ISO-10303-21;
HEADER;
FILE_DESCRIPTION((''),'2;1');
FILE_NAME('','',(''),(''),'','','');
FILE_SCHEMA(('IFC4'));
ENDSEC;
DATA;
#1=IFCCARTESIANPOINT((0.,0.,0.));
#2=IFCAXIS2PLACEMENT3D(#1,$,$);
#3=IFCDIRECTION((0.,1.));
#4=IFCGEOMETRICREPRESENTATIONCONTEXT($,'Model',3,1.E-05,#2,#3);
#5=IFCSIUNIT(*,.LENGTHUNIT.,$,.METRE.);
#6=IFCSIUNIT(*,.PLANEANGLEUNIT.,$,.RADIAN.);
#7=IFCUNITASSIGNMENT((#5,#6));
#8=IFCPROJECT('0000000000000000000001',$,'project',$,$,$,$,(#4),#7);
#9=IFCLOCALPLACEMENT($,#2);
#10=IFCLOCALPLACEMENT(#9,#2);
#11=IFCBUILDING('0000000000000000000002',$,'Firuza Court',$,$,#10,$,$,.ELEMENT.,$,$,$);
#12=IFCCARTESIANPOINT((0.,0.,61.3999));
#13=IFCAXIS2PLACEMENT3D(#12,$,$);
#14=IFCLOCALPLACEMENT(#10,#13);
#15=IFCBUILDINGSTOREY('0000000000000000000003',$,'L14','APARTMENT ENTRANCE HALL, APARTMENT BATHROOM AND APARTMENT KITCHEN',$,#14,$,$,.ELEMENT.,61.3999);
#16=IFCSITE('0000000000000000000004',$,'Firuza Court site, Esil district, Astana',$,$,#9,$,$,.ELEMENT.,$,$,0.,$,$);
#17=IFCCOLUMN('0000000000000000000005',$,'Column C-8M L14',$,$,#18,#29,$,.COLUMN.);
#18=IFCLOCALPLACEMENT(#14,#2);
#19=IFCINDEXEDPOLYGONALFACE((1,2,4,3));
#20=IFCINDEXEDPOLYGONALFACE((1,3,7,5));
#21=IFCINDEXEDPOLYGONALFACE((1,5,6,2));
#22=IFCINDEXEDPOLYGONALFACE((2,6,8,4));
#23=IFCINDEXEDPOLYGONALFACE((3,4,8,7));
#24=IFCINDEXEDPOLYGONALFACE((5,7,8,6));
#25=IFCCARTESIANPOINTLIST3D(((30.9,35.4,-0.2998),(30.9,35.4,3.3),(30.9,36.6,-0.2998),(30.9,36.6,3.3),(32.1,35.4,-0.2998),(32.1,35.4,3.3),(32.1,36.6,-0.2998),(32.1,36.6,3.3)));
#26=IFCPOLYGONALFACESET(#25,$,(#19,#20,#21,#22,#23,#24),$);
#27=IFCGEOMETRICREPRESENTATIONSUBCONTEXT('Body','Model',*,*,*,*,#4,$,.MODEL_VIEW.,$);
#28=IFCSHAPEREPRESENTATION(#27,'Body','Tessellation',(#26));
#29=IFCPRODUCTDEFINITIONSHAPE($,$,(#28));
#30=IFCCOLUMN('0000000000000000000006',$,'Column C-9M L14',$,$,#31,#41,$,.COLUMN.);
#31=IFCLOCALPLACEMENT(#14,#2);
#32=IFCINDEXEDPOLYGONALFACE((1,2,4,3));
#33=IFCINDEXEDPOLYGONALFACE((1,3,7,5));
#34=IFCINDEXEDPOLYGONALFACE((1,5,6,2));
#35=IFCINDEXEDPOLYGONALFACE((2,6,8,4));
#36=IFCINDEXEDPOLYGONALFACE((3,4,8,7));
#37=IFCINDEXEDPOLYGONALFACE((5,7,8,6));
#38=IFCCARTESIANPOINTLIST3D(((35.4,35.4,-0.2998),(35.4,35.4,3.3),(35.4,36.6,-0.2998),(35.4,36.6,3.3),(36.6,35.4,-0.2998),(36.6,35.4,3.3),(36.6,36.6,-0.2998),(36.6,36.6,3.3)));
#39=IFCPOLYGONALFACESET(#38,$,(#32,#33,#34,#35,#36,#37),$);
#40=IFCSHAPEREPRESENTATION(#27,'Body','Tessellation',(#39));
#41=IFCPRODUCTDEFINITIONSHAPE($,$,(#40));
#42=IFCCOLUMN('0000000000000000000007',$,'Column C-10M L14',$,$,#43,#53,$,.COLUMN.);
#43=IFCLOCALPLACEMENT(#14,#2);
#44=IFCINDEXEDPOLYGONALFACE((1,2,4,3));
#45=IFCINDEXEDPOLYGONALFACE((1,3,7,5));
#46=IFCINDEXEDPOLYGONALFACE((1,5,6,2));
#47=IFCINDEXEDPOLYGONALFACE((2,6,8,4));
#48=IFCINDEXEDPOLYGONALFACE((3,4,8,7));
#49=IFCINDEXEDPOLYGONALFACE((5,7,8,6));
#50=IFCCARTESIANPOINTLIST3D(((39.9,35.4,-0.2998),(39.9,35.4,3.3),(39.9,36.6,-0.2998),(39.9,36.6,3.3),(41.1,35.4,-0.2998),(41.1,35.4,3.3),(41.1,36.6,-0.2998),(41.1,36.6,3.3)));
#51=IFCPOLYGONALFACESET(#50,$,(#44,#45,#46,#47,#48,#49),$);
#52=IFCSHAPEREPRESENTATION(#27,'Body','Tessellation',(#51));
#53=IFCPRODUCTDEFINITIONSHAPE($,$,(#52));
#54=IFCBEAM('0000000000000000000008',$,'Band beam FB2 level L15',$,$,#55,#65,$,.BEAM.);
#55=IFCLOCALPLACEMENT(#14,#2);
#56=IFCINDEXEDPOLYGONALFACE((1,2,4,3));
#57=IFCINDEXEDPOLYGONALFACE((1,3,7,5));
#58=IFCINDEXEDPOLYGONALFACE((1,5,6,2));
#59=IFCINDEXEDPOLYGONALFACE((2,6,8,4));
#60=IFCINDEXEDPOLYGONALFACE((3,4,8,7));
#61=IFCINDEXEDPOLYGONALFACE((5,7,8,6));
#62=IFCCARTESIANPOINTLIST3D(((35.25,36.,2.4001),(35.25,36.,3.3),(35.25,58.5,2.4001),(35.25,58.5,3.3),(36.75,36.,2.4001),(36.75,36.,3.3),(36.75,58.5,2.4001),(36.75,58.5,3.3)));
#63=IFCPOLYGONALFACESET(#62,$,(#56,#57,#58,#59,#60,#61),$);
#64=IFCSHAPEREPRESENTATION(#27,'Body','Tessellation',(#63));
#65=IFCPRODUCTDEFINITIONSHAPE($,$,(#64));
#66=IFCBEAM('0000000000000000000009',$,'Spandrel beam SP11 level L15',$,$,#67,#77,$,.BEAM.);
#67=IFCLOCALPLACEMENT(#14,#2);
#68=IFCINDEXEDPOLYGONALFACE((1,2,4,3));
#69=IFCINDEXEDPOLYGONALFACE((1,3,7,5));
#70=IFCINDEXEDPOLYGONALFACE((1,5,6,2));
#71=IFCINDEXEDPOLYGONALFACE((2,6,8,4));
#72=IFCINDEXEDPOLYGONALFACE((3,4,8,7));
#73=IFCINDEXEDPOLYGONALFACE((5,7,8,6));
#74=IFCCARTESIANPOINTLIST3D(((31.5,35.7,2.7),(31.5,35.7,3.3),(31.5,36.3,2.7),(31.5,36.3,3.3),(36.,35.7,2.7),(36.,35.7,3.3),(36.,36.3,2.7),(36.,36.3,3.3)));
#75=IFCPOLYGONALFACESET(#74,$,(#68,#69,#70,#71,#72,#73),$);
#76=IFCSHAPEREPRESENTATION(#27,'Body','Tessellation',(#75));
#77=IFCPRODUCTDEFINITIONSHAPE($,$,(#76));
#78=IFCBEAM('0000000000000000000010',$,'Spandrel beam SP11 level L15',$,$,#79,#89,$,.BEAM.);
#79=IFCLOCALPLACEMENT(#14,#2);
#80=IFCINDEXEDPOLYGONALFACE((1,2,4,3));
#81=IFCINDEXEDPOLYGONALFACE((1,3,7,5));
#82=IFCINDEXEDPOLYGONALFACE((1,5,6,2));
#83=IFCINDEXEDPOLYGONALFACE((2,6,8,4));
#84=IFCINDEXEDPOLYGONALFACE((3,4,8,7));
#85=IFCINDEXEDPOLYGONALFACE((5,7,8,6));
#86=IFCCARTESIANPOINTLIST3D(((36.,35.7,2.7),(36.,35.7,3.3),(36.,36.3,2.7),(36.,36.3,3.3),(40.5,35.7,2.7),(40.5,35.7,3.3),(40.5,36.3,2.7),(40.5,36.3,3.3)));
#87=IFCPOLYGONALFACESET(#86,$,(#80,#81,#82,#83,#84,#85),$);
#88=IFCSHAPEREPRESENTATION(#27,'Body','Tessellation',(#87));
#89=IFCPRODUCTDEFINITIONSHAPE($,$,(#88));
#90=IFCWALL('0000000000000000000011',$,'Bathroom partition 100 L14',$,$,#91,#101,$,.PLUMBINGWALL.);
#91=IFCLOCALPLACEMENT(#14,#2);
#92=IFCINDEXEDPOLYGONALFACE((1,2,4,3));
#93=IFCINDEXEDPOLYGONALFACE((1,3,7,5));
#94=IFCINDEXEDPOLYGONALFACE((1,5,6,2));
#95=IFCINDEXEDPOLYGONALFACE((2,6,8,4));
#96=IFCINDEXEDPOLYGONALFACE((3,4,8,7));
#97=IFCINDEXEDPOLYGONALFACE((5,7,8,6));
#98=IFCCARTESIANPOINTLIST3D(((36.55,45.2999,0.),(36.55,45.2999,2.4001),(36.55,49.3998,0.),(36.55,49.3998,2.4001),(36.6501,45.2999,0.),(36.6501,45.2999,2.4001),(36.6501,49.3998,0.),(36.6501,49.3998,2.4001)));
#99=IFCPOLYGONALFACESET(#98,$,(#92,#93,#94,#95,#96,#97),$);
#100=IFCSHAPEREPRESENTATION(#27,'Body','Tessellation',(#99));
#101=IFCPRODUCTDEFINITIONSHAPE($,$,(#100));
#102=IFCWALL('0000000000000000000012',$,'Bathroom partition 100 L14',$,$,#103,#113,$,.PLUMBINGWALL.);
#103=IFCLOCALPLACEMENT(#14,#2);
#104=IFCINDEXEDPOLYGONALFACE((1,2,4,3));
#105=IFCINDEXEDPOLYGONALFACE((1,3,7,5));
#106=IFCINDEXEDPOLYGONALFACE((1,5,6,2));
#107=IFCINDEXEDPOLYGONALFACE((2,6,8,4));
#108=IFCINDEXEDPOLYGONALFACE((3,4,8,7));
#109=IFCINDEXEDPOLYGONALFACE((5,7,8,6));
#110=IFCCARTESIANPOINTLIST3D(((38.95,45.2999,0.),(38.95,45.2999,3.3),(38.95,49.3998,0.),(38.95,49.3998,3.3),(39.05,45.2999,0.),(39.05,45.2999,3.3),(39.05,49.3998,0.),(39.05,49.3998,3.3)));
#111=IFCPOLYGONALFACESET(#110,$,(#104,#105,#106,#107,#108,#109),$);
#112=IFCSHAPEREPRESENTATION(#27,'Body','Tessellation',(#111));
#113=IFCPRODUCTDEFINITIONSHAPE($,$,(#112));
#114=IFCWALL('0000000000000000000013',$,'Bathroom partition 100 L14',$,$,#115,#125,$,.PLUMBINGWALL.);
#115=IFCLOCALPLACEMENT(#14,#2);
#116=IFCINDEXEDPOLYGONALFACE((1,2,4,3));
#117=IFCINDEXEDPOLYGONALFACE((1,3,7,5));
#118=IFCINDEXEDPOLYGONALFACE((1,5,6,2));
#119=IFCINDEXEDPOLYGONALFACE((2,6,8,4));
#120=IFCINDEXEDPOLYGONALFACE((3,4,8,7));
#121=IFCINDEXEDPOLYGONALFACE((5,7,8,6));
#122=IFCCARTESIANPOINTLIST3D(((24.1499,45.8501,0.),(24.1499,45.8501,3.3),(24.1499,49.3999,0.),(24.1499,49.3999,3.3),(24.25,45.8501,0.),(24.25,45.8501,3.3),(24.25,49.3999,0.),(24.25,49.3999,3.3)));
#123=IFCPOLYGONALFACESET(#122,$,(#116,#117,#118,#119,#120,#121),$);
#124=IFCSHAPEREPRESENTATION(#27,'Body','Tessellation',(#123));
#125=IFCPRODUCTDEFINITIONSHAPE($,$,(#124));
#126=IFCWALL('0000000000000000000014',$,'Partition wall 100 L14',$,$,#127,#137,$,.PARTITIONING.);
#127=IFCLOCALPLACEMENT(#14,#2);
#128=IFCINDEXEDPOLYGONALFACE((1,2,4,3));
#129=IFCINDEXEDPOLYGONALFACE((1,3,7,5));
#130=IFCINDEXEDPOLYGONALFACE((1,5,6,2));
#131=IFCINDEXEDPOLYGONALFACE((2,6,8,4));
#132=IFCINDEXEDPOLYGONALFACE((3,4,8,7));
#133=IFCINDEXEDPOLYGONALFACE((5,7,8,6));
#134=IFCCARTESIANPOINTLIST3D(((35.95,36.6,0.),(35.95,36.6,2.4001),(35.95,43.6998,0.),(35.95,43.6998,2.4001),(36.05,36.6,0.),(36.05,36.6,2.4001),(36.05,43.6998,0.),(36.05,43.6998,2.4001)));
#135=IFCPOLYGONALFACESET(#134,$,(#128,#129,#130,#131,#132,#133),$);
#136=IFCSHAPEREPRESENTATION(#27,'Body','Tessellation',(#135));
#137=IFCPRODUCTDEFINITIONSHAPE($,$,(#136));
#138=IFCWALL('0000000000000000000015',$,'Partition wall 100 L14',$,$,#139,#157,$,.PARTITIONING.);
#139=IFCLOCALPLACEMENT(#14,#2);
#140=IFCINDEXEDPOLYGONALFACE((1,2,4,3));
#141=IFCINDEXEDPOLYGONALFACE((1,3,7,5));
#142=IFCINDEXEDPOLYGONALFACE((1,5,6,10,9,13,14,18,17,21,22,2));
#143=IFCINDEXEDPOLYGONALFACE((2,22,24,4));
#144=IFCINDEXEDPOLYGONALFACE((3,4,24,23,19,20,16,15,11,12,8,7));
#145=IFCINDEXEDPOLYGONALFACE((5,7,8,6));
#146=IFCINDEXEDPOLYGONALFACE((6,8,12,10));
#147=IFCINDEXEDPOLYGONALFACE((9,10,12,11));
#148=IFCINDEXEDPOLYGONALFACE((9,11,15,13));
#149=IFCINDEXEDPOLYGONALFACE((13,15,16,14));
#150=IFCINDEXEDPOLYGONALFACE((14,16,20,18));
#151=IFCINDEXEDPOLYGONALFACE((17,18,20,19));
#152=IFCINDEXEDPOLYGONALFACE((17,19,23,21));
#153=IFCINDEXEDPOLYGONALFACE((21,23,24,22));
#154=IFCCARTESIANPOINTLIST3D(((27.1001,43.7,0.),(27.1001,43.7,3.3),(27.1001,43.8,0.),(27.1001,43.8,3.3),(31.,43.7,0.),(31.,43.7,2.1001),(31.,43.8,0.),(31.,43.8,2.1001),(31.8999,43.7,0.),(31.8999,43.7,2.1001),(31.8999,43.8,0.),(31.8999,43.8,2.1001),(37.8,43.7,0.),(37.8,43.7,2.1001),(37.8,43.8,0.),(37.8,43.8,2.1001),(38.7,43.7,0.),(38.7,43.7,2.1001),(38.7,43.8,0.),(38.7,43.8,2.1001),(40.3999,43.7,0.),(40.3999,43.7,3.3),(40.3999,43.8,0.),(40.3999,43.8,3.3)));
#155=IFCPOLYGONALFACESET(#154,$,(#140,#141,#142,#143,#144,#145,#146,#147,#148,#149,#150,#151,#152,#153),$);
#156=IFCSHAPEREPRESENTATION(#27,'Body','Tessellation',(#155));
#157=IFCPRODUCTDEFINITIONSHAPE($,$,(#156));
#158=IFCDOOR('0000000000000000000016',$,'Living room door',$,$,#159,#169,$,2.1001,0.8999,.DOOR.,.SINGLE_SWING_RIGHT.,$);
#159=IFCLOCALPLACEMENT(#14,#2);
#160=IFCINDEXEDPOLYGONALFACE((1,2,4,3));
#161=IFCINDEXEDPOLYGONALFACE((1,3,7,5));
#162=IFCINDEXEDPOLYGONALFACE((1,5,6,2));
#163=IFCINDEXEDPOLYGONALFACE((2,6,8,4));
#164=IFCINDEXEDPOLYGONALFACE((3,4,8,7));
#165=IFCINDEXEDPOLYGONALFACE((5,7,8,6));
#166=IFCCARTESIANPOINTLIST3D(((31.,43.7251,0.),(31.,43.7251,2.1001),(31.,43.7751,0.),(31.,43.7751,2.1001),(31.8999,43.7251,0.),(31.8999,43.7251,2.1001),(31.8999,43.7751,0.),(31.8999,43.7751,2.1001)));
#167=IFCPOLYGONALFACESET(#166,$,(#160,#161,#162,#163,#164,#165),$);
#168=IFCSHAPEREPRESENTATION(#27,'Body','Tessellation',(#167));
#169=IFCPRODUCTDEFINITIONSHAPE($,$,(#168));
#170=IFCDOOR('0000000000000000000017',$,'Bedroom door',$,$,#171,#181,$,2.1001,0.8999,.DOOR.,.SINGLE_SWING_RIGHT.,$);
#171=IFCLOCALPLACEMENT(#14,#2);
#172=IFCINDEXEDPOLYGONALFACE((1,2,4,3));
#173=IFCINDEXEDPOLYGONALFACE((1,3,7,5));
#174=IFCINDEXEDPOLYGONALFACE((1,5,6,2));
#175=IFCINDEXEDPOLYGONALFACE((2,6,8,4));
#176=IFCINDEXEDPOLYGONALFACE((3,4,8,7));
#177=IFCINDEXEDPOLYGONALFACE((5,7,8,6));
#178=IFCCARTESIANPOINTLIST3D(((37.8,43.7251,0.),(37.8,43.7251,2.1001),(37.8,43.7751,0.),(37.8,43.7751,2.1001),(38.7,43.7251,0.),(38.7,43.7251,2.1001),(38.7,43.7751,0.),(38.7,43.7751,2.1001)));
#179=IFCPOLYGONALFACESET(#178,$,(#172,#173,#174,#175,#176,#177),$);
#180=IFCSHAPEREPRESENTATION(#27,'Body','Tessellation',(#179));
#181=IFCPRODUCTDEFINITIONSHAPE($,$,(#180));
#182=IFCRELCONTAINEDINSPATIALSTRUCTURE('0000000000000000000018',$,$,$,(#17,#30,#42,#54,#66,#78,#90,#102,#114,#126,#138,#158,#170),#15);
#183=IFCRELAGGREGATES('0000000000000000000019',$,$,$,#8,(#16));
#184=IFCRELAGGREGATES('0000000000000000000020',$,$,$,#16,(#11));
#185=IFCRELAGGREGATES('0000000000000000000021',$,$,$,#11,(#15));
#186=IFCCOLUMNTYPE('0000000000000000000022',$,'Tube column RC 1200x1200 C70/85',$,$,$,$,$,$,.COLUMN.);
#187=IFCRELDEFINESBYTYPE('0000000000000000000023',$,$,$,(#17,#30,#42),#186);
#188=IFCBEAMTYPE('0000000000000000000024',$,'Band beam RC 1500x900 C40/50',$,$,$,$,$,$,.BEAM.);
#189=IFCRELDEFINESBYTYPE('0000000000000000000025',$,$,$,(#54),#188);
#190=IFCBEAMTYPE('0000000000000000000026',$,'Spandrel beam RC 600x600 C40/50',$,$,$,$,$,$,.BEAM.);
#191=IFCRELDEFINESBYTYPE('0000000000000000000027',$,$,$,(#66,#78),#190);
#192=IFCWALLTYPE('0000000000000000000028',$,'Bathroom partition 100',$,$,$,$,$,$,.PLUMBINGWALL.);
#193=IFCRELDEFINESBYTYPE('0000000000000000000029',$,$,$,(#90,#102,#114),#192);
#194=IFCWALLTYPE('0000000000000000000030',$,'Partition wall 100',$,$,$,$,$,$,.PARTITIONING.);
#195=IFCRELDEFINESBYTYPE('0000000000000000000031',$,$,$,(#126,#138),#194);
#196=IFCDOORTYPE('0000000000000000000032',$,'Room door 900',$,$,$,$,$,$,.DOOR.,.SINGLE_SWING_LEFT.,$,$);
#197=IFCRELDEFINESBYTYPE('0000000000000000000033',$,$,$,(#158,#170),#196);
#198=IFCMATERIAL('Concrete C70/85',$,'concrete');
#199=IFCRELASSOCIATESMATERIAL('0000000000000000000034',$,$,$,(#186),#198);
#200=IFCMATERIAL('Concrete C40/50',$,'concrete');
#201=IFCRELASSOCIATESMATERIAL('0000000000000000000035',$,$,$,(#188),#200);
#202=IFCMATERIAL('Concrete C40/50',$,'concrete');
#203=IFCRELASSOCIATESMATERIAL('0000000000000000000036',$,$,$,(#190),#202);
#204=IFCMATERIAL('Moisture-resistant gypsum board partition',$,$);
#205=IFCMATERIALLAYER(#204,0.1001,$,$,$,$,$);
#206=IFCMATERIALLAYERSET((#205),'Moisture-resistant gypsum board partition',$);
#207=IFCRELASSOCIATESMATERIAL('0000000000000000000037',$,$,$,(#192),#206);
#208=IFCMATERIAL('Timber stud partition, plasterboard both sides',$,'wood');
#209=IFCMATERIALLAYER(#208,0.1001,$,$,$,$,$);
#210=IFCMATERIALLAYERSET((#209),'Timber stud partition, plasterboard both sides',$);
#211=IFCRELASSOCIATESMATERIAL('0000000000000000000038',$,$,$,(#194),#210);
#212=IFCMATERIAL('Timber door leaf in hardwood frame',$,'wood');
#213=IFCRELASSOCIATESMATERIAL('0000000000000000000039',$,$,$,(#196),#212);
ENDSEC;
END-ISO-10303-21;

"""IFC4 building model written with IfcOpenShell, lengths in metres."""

from ifc_helpers import new_model, si_unit, direction, frame, frame_2d, origin, origin_2d, place, context, subcontext, project, spatial, rectangle, extrude, material, layer, layer_set, material_profile, profile_set, type_object, element, fill, save


model = new_model("IFC4")

# Units and contexts
model_context = context("Model", 3, precision=1e-05, world=origin(), true_north=direction((0.0, 1.0)))
body_context = subcontext(model_context, "Body", "Model", "MODEL_VIEW")
ifc_project = project(units=[si_unit("LENGTHUNIT", "METRE"), si_unit("PLANEANGLEUNIT", "RADIAN")], contexts=[model_context])

# Site, building, storey
site_placement = place(None, origin())
site = spatial("IfcSite", under=ifc_project, at=site_placement, Name="Firuza Court site, Esil district, Astana", CompositionType="ELEMENT", RefElevation=0.0)
building_placement = place(site_placement, origin())
building = spatial("IfcBuilding", under=site, at=building_placement, Name="Firuza Court", CompositionType="ELEMENT")
storey_placement = place(building_placement, frame((0.0, 0.0, 61.3999)))
storey = spatial("IfcBuildingStorey", under=building, at=storey_placement, Name="L14", Description="APARTMENT ENTRANCE HALL, APARTMENT BATHROOM AND APARTMENT KITCHEN", CompositionType="ELEMENT", Elevation=61.3999)

# Columns
ifc_material_1 = material(Name="Concrete C70/85", Category="concrete")
ifc_material_profile_1 = material_profile(ifc_material_1, rectangle(XDim=1.2, YDim=1.2, at=origin_2d()), Name="RC 1200x1200")
ifc_profile_set_1 = profile_set([ifc_material_profile_1], Name="Concrete C70/85")
column_type = type_object("IfcColumnType", Name="Tube column RC 1200x1200 C70/85", PredefinedType="COLUMN", material=ifc_profile_set_1)
for number, where, z_axis, x_axis, name in (
    (1, (31.5, 36.0, -0.2998), (0.0, 0.0, 1.0), (1.0, 0.0, 0.0), "Column C-8M L14"),
    (2, (36.0, 36.0, -0.2998), (0.0, 0.0, 1.0), (1.0, 0.0, 0.0), "Column C-9M L14"),
    (3, (40.5, 36.0, -0.2998), (0.0, 0.0, 1.0), (1.0, 0.0, 0.0), "Column C-10M L14"),
):
    element("IfcColumn", number, at=place(storey_placement, frame(where, z_axis=z_axis, x_axis=x_axis)), inside=storey, type_object=column_type, Name=name, PredefinedType="COLUMN", context=body_context, shape_type="SweptSolid", body=[
        extrude(rectangle(XDim=1.2, YDim=1.2, at=origin_2d()), origin(), (0.0, 0.0, 1.0), 3.5999),
    ])

# Beams
ifc_material_2 = material(Name="Concrete C40/50", Category="concrete")
ifc_material_profile_2 = material_profile(ifc_material_2, rectangle(XDim=1.5, YDim=0.8999, at=origin_2d()), Name="RC 1500x900")
ifc_profile_set_2 = profile_set([ifc_material_profile_2], Name="Concrete C40/50")
beam_type_1 = type_object("IfcBeamType", Name="Band beam RC 1500x900 C40/50", PredefinedType="BEAM", material=ifc_profile_set_2)
beam_placement = place(storey_placement, frame((36.0, 36.0, 2.8501), z_axis=(0.0, 1.0, 0.0), x_axis=(-1.0, 0.0, 0.0)))
element("IfcBeam", 4, at=beam_placement, inside=storey, type_object=beam_type_1, Name="Band beam FB2 level L15", PredefinedType="BEAM", context=body_context, shape_type="SweptSolid", body=[
    extrude(rectangle(XDim=1.5, YDim=0.8999, at=origin_2d()), origin(), (0.0, 0.0, 1.0), 22.5),
])
ifc_material_3 = material(Name="Concrete C40/50", Category="concrete")
ifc_material_profile_3 = material_profile(ifc_material_3, rectangle(XDim=0.6001, YDim=0.6001, at=origin_2d()), Name="RC 600x600")
ifc_profile_set_3 = profile_set([ifc_material_profile_3], Name="Concrete C40/50")
beam_type_2 = type_object("IfcBeamType", Name="Spandrel beam RC 600x600 C40/50", PredefinedType="BEAM", material=ifc_profile_set_3)
for number, where, z_axis, x_axis, name in (
    (5, (31.5, 36.0, 3.0), (1.0, 0.0, 0.0), (0.0, 1.0, 0.0), "Spandrel beam SP11 level L15"),
    (6, (36.0, 36.0, 3.0), (1.0, 0.0, 0.0), (0.0, 1.0, 0.0), "Spandrel beam SP11 level L15"),
):
    element("IfcBeam", number, at=place(storey_placement, frame(where, z_axis=z_axis, x_axis=x_axis)), inside=storey, type_object=beam_type_2, Name=name, PredefinedType="BEAM", context=body_context, shape_type="SweptSolid", body=[
        extrude(rectangle(XDim=0.6001, YDim=0.6001, at=origin_2d()), origin(), (0.0, 0.0, 1.0), 4.5),
    ])

# Walls
ifc_material_4 = material(Name="Moisture-resistant gypsum board partition")
ifc_layer_1 = layer(ifc_material_4, 0.1001)
ifc_layer_set_1 = layer_set([ifc_layer_1], Name="Moisture-resistant gypsum board partition")
wall_type_1 = type_object("IfcWallType", Name="Bathroom partition 100", PredefinedType="PLUMBINGWALL", material=ifc_layer_set_1)
wall_1_placement = place(storey_placement, frame((36.6001, 45.3, 0.0), z_axis=(0.0, 0.0, 1.0), x_axis=(0.0, 1.0, 0.0)))
element("IfcWall", 7, at=wall_1_placement, inside=storey, type_object=wall_type_1, Name="Bathroom partition 100 L14", PredefinedType="PLUMBINGWALL", context=body_context, shape_type="SweptSolid", body=[
    extrude(rectangle(XDim=4.0999, YDim=0.1001, at=frame_2d((2.0498, 0.0))), origin(), (0.0, 0.0, 1.0), 2.4001),
])
wall_2_placement = place(storey_placement, frame((39.0, 45.3, 0.0), z_axis=(0.0, 0.0, 1.0), x_axis=(0.0, 1.0, 0.0)))
element("IfcWall", 8, at=wall_2_placement, inside=storey, type_object=wall_type_1, Name="Bathroom partition 100 L14", PredefinedType="PLUMBINGWALL", context=body_context, shape_type="SweptSolid", body=[
    extrude(rectangle(XDim=4.0999, YDim=0.1001, at=frame_2d((2.0498, 0.0))), origin(), (0.0, 0.0, 1.0), 3.3),
])
wall_3_placement = place(storey_placement, frame((24.2, 45.8501, 0.0), z_axis=(0.0, 0.0, 1.0), x_axis=(0.0, 1.0, 0.0)))
element("IfcWall", 9, at=wall_3_placement, inside=storey, type_object=wall_type_1, Name="Bathroom partition 100 L14", PredefinedType="PLUMBINGWALL", context=body_context, shape_type="SweptSolid", body=[
    extrude(rectangle(XDim=3.5498, YDim=0.1001, at=frame_2d((1.7749, 0.0))), origin(), (0.0, 0.0, 1.0), 3.3),
])
ifc_material_5 = material(Name="Timber stud partition, plasterboard both sides", Category="wood")
ifc_layer_2 = layer(ifc_material_5, 0.1001)
ifc_layer_set_2 = layer_set([ifc_layer_2], Name="Timber stud partition, plasterboard both sides")
wall_type_2 = type_object("IfcWallType", Name="Partition wall 100", PredefinedType="PARTITIONING", material=ifc_layer_set_2)
wall_4_placement = place(storey_placement, frame((36.0, 36.6001, 0.0), z_axis=(0.0, 0.0, 1.0), x_axis=(0.0, 1.0, 0.0)))
element("IfcWall", 10, at=wall_4_placement, inside=storey, type_object=wall_type_2, Name="Partition wall 100 L14", PredefinedType="PARTITIONING", context=body_context, shape_type="SweptSolid", body=[
    extrude(rectangle(XDim=7.0999, YDim=0.1001, at=frame_2d((3.5498, 0.0))), origin(), (0.0, 0.0, 1.0), 2.4001),
])

# Wall, openings, doors
wall_5_placement = place(storey_placement, frame((27.1001, 43.75, 0.0), z_axis=(0.0, 0.0, 1.0), x_axis=(1.0, 0.0, 0.0)))
wall_5 = element("IfcWall", 11, at=wall_5_placement, inside=storey, type_object=wall_type_2, Name="Partition wall 100 L14", PredefinedType="PARTITIONING", context=body_context, shape_type="SweptSolid", body=[
    extrude(rectangle(XDim=13.2998, YDim=0.1001, at=frame_2d((6.6499, 0.0))), origin(), (0.0, 0.0, 1.0), 3.3),
])
opening_1_placement = place(wall_5_placement, frame((3.8999, 0.0, 0.0)))
opening_1 = element("IfcOpeningElement", 12, at=opening_1_placement, cuts=wall_5, PredefinedType="OPENING", context=body_context, shape_type="SweptSolid", body=[
    extrude(rectangle(XDim=0.8999, YDim=2.1001, at=frame_2d((0.45, 1.05))), frame((0.0, 0.062, 0.0), z_axis=(0.0, -1.0, 0.0), x_axis=(1.0, 0.0, 0.0)), (0.0, 0.0, 1.0), 0.124),
])
opening_2_placement = place(wall_5_placement, frame((10.7, 0.0, 0.0)))
opening_2 = element("IfcOpeningElement", 13, at=opening_2_placement, cuts=wall_5, PredefinedType="OPENING", context=body_context, shape_type="SweptSolid", body=[
    extrude(rectangle(XDim=0.8999, YDim=2.1001, at=frame_2d((0.45, 1.05))), frame((0.0, 0.062, 0.0), z_axis=(0.0, -1.0, 0.0), x_axis=(1.0, 0.0, 0.0)), (0.0, 0.0, 1.0), 0.124),
])
ifc_material_6 = material(Name="Timber door leaf in hardwood frame", Category="wood")
door_type_1 = type_object("IfcDoorType", Name="Room door 900", OperationType="SINGLE_SWING_LEFT", PredefinedType="DOOR", material=ifc_material_6)
door_1_placement = place(opening_1_placement, frame((0.8999, 0.0, 0.0), z_axis=(0.0, 0.0, 1.0), x_axis=(-1.0, 0.0, 0.0)))
door_1 = element("IfcDoor", 14, at=door_1_placement, inside=storey, type_object=door_type_1, Name="Living room door", OperationType="SINGLE_SWING_RIGHT", OverallHeight=2.1001, OverallWidth=0.8999, PredefinedType="DOOR", context=body_context, shape_type="SweptSolid", body=[
    extrude(rectangle(XDim=0.8999, YDim=2.1001, at=frame_2d((0.45, 1.05))), frame((0.0, 0.0249, 0.0), z_axis=(0.0, -1.0, 0.0), x_axis=(1.0, 0.0, 0.0)), (0.0, 0.0, 1.0), 0.05),
])
fill(opening_1, door_1)
door_2_placement = place(opening_2_placement, frame((0.8999, 0.0, 0.0), z_axis=(0.0, 0.0, 1.0), x_axis=(-1.0, 0.0, 0.0)))
door_2 = element("IfcDoor", 15, at=door_2_placement, inside=storey, type_object=door_type_1, Name="Bedroom door", OperationType="SINGLE_SWING_RIGHT", OverallHeight=2.1001, OverallWidth=0.8999, PredefinedType="DOOR", context=body_context, shape_type="SweptSolid", body=[
    extrude(rectangle(XDim=0.8999, YDim=2.1001, at=frame_2d((0.45, 1.05))), frame((0.0, 0.0249, 0.0), z_axis=(0.0, -1.0, 0.0), x_axis=(1.0, 0.0, 0.0)), (0.0, 0.0, 1.0), 0.05),
])
fill(opening_2, door_2)

save(model, "model.ifc")
